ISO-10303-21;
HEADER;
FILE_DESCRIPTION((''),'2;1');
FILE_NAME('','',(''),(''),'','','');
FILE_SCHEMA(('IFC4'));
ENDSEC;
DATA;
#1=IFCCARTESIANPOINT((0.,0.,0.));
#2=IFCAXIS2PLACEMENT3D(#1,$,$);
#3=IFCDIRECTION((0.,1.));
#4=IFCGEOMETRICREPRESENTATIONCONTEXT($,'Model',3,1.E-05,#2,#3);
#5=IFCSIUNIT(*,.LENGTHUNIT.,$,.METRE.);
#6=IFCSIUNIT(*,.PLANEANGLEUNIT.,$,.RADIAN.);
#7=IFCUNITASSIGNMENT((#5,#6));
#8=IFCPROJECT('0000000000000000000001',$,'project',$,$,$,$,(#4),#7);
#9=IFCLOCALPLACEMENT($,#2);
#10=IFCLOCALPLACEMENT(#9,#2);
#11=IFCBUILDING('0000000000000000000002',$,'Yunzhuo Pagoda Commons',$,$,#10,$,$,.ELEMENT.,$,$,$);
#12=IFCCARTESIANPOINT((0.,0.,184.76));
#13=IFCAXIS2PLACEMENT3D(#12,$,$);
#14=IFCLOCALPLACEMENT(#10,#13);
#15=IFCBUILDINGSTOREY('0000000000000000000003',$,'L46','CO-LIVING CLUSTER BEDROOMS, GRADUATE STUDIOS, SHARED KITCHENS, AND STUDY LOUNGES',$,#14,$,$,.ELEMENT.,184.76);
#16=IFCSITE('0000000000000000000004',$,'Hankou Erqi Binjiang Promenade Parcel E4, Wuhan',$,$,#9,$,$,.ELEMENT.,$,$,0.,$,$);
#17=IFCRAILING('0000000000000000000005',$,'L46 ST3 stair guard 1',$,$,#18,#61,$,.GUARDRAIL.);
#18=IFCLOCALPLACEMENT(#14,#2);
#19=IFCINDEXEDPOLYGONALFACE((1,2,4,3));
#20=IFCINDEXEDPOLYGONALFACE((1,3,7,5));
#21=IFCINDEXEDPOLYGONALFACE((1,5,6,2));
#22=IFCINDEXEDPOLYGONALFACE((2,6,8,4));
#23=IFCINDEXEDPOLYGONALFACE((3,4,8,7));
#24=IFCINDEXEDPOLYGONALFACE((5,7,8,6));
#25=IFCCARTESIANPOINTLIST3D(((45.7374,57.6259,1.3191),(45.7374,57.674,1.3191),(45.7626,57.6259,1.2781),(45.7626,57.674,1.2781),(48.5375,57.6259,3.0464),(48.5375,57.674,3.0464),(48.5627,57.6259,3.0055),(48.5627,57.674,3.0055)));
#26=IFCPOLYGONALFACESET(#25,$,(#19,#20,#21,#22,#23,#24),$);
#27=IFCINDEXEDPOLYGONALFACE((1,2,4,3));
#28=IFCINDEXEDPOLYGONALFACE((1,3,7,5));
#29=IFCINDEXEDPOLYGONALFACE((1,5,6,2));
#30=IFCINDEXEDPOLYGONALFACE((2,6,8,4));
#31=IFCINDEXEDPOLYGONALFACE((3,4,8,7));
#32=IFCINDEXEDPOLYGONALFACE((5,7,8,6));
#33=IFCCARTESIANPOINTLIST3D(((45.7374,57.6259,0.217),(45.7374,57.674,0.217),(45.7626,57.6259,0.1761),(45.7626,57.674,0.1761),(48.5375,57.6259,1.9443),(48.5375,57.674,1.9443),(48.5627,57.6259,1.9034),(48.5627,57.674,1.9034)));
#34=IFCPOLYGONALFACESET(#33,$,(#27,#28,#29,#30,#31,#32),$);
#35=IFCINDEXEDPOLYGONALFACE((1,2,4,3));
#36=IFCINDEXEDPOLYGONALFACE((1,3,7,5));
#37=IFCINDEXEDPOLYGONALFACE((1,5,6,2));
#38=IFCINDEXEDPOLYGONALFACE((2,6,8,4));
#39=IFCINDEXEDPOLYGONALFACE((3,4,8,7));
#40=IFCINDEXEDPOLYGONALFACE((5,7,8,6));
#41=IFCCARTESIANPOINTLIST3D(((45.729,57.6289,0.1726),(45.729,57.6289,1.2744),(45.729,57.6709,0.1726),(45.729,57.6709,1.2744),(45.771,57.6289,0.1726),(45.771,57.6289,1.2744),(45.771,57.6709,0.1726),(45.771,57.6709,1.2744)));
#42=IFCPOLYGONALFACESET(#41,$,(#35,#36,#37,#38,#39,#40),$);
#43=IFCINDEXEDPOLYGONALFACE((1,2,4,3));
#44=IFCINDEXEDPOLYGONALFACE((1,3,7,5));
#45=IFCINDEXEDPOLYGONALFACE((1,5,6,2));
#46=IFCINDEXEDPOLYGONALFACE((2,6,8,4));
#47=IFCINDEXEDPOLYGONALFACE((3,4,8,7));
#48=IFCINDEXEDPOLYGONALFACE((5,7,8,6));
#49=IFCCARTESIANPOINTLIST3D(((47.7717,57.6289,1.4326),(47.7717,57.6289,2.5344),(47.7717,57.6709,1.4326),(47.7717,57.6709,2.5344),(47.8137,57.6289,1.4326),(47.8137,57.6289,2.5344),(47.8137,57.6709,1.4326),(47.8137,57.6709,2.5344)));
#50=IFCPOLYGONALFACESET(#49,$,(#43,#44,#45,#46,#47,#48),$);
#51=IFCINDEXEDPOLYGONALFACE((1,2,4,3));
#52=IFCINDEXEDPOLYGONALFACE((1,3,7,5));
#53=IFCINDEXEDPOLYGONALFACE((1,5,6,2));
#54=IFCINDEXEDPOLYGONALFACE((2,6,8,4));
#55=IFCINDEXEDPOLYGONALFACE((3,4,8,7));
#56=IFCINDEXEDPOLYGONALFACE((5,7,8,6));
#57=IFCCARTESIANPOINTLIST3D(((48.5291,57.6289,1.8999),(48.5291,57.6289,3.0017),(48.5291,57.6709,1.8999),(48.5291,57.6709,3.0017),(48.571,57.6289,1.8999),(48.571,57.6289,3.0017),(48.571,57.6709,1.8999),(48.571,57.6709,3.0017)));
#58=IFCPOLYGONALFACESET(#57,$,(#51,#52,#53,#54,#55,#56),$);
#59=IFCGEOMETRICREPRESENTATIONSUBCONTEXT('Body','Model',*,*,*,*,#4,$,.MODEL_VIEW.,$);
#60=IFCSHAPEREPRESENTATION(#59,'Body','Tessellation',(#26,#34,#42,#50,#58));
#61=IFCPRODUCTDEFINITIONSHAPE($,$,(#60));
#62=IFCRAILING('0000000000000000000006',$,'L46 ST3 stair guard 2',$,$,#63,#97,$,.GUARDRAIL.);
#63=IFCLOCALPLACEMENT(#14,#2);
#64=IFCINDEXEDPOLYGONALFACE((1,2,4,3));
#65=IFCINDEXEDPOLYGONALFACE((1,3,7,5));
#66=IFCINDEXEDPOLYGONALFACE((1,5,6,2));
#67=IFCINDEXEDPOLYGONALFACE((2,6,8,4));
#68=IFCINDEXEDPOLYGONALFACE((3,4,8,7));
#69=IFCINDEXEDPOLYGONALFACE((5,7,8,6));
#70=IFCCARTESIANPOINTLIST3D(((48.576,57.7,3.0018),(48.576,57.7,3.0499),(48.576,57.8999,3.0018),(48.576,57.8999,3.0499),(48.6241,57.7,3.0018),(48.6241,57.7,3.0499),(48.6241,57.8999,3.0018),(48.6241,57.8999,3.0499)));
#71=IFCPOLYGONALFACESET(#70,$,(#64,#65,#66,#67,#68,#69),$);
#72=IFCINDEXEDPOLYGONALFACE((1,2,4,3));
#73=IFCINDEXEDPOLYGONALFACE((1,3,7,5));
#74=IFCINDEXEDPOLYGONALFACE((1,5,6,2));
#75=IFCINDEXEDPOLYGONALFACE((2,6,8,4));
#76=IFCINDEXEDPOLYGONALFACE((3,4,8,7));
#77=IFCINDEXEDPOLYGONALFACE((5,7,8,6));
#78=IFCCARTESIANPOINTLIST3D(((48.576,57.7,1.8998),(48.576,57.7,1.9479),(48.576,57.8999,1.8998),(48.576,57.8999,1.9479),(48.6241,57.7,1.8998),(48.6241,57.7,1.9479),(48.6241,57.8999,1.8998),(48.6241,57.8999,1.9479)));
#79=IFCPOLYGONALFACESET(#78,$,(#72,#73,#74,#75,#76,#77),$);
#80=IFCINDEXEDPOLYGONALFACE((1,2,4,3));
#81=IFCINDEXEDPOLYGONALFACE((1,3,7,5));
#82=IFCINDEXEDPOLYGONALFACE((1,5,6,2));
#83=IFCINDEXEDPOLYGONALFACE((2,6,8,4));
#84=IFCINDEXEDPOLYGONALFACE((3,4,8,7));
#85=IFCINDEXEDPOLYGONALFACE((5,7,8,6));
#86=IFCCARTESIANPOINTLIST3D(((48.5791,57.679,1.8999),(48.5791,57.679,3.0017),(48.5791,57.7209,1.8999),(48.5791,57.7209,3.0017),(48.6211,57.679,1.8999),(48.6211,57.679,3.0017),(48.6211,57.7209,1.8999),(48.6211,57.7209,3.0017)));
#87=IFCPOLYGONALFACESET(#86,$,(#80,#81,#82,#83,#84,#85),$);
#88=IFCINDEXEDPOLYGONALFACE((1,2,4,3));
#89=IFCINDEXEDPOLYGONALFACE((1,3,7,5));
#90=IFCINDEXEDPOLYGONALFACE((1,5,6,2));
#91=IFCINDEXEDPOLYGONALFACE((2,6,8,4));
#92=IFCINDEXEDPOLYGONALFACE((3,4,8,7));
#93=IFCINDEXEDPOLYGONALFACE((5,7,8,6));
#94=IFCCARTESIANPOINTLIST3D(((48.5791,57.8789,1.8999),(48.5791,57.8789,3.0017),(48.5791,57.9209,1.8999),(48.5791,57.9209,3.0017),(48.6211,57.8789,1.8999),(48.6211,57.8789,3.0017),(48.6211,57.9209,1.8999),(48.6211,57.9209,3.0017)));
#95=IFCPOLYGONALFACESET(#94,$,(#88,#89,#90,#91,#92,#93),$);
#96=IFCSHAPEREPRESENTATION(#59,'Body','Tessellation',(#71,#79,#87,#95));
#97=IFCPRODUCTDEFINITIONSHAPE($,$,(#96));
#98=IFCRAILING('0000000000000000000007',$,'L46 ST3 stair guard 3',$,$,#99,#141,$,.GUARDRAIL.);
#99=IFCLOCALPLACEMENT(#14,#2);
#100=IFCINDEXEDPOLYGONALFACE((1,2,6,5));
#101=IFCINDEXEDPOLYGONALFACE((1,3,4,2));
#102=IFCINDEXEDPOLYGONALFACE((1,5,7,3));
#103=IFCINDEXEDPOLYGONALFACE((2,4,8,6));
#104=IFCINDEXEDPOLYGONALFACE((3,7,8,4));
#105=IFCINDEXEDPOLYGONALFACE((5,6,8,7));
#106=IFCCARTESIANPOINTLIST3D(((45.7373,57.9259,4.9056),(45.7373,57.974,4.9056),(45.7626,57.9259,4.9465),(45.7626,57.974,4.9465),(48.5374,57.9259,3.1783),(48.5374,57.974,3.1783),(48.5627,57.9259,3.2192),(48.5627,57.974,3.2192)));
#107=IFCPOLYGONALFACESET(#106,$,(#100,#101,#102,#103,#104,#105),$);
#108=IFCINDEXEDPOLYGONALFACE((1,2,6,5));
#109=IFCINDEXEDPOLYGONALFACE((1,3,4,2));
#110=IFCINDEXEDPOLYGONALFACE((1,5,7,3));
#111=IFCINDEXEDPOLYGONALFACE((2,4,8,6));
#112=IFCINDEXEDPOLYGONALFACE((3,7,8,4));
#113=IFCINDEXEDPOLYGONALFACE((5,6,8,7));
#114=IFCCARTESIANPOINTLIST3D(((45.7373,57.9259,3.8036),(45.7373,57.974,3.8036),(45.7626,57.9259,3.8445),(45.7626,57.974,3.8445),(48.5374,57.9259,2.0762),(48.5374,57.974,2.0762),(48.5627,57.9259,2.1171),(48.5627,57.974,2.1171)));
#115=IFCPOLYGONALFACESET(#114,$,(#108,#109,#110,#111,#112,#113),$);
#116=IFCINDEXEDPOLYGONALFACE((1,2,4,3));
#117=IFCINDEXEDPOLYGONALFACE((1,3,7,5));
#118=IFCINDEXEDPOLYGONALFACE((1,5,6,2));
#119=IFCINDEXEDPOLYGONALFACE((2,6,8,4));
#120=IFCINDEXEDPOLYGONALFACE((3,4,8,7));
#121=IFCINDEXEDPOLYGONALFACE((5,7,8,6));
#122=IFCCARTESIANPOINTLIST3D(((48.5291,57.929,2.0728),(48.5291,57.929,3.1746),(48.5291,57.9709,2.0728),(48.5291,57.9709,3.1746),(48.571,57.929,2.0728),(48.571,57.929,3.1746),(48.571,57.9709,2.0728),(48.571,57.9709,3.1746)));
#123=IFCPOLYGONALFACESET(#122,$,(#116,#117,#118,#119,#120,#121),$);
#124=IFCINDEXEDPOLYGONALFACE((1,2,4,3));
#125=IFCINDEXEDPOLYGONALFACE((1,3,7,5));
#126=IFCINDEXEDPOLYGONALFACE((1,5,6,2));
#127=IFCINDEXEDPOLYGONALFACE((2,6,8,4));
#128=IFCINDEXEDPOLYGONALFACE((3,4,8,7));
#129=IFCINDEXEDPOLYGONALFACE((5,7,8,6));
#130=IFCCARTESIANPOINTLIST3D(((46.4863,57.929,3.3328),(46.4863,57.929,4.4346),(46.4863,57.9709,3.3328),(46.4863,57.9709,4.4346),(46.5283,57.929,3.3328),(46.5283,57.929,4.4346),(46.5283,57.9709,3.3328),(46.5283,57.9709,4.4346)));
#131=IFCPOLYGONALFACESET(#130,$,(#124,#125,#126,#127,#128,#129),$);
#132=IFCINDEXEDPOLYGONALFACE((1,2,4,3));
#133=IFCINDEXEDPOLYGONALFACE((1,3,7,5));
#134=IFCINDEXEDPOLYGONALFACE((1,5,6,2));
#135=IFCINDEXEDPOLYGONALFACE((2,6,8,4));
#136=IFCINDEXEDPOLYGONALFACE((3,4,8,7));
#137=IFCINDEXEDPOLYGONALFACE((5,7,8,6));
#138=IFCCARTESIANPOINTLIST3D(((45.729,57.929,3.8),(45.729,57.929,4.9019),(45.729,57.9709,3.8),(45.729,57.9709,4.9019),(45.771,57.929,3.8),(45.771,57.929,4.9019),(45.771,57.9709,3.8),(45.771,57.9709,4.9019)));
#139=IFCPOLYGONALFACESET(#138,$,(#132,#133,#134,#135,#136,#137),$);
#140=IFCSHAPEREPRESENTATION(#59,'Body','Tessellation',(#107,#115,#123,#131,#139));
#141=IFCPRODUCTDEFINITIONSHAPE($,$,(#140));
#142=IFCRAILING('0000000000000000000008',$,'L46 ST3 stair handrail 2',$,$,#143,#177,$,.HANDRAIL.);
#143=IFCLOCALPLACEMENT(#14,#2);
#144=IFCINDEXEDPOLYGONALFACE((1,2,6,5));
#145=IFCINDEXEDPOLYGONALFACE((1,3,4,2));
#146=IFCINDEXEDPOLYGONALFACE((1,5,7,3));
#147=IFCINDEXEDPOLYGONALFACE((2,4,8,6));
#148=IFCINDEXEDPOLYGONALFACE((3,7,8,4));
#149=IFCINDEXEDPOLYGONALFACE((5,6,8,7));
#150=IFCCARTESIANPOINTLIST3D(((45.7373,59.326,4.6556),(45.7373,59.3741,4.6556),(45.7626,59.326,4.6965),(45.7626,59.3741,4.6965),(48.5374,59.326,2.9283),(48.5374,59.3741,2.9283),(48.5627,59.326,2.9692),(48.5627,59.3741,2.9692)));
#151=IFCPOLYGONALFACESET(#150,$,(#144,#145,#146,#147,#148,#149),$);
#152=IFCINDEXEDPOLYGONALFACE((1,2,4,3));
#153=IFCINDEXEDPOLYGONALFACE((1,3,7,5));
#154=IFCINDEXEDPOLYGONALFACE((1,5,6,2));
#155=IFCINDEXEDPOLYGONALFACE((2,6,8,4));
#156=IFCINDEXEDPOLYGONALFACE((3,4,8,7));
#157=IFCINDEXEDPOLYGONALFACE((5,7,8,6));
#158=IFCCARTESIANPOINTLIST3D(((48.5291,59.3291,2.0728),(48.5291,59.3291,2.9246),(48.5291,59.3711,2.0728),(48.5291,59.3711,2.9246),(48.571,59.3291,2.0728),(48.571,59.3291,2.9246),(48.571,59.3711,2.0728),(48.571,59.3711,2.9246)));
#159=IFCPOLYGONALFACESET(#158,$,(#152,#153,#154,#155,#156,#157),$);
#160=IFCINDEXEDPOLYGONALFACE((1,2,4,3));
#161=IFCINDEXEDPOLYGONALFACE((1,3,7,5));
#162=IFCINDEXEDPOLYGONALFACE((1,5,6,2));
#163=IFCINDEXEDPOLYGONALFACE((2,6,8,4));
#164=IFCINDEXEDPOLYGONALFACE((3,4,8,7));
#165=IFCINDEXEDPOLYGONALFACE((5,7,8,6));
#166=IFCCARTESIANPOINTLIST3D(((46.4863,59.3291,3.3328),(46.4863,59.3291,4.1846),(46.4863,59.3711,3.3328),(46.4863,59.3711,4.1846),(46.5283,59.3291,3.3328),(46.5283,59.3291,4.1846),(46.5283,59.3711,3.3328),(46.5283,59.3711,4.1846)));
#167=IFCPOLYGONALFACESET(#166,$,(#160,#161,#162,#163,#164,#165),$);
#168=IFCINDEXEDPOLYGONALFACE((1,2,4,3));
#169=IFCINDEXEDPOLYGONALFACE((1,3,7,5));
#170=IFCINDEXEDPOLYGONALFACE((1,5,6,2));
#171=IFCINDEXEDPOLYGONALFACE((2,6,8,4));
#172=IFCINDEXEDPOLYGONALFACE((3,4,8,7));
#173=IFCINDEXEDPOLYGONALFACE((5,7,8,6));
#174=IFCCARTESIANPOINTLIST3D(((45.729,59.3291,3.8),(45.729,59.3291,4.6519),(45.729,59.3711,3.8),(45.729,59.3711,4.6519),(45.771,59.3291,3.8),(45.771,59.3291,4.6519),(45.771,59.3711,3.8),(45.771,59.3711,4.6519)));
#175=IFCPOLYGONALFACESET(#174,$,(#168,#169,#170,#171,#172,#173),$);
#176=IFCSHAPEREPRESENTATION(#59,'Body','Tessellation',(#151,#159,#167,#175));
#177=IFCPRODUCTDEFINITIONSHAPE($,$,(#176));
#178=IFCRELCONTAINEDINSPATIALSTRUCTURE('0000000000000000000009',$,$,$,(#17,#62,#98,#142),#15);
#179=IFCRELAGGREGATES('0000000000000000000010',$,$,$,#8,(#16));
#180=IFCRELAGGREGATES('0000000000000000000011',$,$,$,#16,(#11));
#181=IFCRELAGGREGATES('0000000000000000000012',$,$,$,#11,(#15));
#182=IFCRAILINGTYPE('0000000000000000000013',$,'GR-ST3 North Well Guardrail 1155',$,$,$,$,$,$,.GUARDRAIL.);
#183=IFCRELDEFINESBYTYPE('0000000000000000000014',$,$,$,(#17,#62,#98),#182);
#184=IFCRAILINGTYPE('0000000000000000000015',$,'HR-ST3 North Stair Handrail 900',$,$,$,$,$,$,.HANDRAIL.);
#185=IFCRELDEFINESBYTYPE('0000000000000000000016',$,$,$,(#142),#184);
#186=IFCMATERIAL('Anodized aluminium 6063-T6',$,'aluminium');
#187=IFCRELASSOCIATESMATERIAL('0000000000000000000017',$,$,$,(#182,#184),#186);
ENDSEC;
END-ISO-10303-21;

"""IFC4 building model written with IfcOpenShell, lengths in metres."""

from ifc_helpers import new_model, si_unit, direction, frame, origin, origin_2d, place, context, subcontext, project, spatial, rectangle, extrude, material, type_object, element, save


model = new_model("IFC4")

# Units and contexts
model_context = context("Model", 3, precision=1e-05, world=origin(), true_north=direction((0.0, 1.0)))
body_context = subcontext(model_context, "Body", "Model", "MODEL_VIEW")
ifc_project = project(units=[si_unit("LENGTHUNIT", "METRE"), si_unit("PLANEANGLEUNIT", "RADIAN")], contexts=[model_context])

# Site, building, storey
site_placement = place(None, origin())
site = spatial("IfcSite", under=ifc_project, at=site_placement, Name="Hankou Erqi Binjiang Promenade Parcel E4, Wuhan", CompositionType="ELEMENT", RefElevation=0.0)
building_placement = place(site_placement, origin())
building = spatial("IfcBuilding", under=site, at=building_placement, Name="Yunzhuo Pagoda Commons", CompositionType="ELEMENT")
storey_placement = place(building_placement, frame((0.0, 0.0, 184.76)))
storey = spatial("IfcBuildingStorey", under=building, at=storey_placement, Name="L46", Description="CO-LIVING CLUSTER BEDROOMS, GRADUATE STUDIOS, SHARED KITCHENS, AND STUDY LOUNGES", CompositionType="ELEMENT", Elevation=184.76)

# Shared definitions
ifc_material_1 = material(Name="Anodized aluminium 6063-T6", Category="aluminium")

# Railings
railing_type_1 = type_object("IfcRailingType", Name="GR-ST3 North Well Guardrail 1155", PredefinedType="GUARDRAIL", material=ifc_material_1)
railing_1_placement = place(storey_placement, frame((45.75, 57.6499, 0.1726)))
element("IfcRailing", 1, at=railing_1_placement, inside=storey, type_object=railing_type_1, Name="L46 ST3 stair guard 1", PredefinedType="GUARDRAIL", context=body_context, shape_type="SweptSolid", body=[
    extrude(rectangle(XDim=0.0481, YDim=0.0481, at=origin_2d()), frame((0.0, 0.0, 1.126), z_axis=(0.85109, 0.0, 0.52502), x_axis=(0.0, 1.0, 0.0)), (0.0, 0.0, 1.0), 3.29),
    extrude(rectangle(XDim=0.0481, YDim=0.0481, at=origin_2d()), frame((0.0, 0.0, 0.0239), z_axis=(0.85109, 0.0, 0.52502), x_axis=(0.0, 1.0, 0.0)), (0.0, 0.0, 1.0), 3.29),
    extrude(rectangle(XDim=0.042, YDim=0.042, at=origin_2d()), origin(), (0.0, 0.0, 1.0), 1.1018),
    extrude(rectangle(XDim=0.042, YDim=0.042, at=origin_2d()), frame((2.0427, 0.0, 1.26)), (0.0, 0.0, 1.0), 1.1018),
    extrude(rectangle(XDim=0.042, YDim=0.042, at=origin_2d()), frame((2.8, 0.0, 1.7273)), (0.0, 0.0, 1.0), 1.1018),
])
railing_2_placement = place(storey_placement, frame((48.6001, 57.7, 1.8999)))
element("IfcRailing", 2, at=railing_2_placement, inside=storey, type_object=railing_type_1, Name="L46 ST3 stair guard 2", PredefinedType="GUARDRAIL", context=body_context, shape_type="SweptSolid", body=[
    extrude(rectangle(XDim=0.0481, YDim=0.0481, at=origin_2d()), frame((0.0, 0.0, 1.126), z_axis=(0.0, 1.0, 0.0), x_axis=(-1.0, 0.0, 0.0)), (0.0, 0.0, 1.0), 0.2),
    extrude(rectangle(XDim=0.0481, YDim=0.0481, at=origin_2d()), frame((0.0, 0.0, 0.0239), z_axis=(0.0, 1.0, 0.0), x_axis=(-1.0, 0.0, 0.0)), (0.0, 0.0, 1.0), 0.2),
    extrude(rectangle(XDim=0.042, YDim=0.042, at=origin_2d()), origin(), (0.0, 0.0, 1.0), 1.1018),
    extrude(rectangle(XDim=0.042, YDim=0.042, at=origin_2d()), frame((0.0, 0.2, 0.0)), (0.0, 0.0, 1.0), 1.1018),
])
railing_3_placement = place(storey_placement, frame((48.55, 57.95, 2.0728)))
element("IfcRailing", 3, at=railing_3_placement, inside=storey, type_object=railing_type_1, Name="L46 ST3 stair guard 3", PredefinedType="GUARDRAIL", context=body_context, shape_type="SweptSolid", body=[
    extrude(rectangle(XDim=0.0481, YDim=0.0481, at=origin_2d()), frame((0.0, 0.0, 1.126), z_axis=(-0.85109, 0.0, 0.52502), x_axis=(0.0, -1.0, 0.0)), (0.0, 0.0, 1.0), 3.29),
    extrude(rectangle(XDim=0.0481, YDim=0.0481, at=origin_2d()), frame((0.0, 0.0, 0.0239), z_axis=(-0.85109, 0.0, 0.52502), x_axis=(0.0, -1.0, 0.0)), (0.0, 0.0, 1.0), 3.29),
    extrude(rectangle(XDim=0.042, YDim=0.042, at=origin_2d()), origin(), (0.0, 0.0, 1.0), 1.1018),
    extrude(rectangle(XDim=0.042, YDim=0.042, at=origin_2d()), frame((-2.0427, 0.0, 1.26)), (0.0, 0.0, 1.0), 1.1018),
    extrude(rectangle(XDim=0.042, YDim=0.042, at=origin_2d()), frame((-2.8, 0.0, 1.7273)), (0.0, 0.0, 1.0), 1.1018),
])
railing_type_2 = type_object("IfcRailingType", Name="HR-ST3 North Stair Handrail 900", PredefinedType="HANDRAIL", material=ifc_material_1)
railing_4_placement = place(storey_placement, frame((48.55, 59.3501, 2.0728)))
element("IfcRailing", 4, at=railing_4_placement, inside=storey, type_object=railing_type_2, Name="L46 ST3 stair handrail 2", PredefinedType="HANDRAIL", context=body_context, shape_type="SweptSolid", body=[
    extrude(rectangle(XDim=0.0481, YDim=0.0481, at=origin_2d()), frame((0.0, 0.0, 0.876), z_axis=(-0.85109, 0.0, 0.52502), x_axis=(0.0, -1.0, 0.0)), (0.0, 0.0, 1.0), 3.29),
    extrude(rectangle(XDim=0.042, YDim=0.042, at=origin_2d()), origin(), (0.0, 0.0, 1.0), 0.8518),
    extrude(rectangle(XDim=0.042, YDim=0.042, at=origin_2d()), frame((-2.0427, 0.0, 1.26)), (0.0, 0.0, 1.0), 0.8518),
    extrude(rectangle(XDim=0.042, YDim=0.042, at=origin_2d()), frame((-2.8, 0.0, 1.7273)), (0.0, 0.0, 1.0), 0.8518),
])

save(model, "model.ifc")
